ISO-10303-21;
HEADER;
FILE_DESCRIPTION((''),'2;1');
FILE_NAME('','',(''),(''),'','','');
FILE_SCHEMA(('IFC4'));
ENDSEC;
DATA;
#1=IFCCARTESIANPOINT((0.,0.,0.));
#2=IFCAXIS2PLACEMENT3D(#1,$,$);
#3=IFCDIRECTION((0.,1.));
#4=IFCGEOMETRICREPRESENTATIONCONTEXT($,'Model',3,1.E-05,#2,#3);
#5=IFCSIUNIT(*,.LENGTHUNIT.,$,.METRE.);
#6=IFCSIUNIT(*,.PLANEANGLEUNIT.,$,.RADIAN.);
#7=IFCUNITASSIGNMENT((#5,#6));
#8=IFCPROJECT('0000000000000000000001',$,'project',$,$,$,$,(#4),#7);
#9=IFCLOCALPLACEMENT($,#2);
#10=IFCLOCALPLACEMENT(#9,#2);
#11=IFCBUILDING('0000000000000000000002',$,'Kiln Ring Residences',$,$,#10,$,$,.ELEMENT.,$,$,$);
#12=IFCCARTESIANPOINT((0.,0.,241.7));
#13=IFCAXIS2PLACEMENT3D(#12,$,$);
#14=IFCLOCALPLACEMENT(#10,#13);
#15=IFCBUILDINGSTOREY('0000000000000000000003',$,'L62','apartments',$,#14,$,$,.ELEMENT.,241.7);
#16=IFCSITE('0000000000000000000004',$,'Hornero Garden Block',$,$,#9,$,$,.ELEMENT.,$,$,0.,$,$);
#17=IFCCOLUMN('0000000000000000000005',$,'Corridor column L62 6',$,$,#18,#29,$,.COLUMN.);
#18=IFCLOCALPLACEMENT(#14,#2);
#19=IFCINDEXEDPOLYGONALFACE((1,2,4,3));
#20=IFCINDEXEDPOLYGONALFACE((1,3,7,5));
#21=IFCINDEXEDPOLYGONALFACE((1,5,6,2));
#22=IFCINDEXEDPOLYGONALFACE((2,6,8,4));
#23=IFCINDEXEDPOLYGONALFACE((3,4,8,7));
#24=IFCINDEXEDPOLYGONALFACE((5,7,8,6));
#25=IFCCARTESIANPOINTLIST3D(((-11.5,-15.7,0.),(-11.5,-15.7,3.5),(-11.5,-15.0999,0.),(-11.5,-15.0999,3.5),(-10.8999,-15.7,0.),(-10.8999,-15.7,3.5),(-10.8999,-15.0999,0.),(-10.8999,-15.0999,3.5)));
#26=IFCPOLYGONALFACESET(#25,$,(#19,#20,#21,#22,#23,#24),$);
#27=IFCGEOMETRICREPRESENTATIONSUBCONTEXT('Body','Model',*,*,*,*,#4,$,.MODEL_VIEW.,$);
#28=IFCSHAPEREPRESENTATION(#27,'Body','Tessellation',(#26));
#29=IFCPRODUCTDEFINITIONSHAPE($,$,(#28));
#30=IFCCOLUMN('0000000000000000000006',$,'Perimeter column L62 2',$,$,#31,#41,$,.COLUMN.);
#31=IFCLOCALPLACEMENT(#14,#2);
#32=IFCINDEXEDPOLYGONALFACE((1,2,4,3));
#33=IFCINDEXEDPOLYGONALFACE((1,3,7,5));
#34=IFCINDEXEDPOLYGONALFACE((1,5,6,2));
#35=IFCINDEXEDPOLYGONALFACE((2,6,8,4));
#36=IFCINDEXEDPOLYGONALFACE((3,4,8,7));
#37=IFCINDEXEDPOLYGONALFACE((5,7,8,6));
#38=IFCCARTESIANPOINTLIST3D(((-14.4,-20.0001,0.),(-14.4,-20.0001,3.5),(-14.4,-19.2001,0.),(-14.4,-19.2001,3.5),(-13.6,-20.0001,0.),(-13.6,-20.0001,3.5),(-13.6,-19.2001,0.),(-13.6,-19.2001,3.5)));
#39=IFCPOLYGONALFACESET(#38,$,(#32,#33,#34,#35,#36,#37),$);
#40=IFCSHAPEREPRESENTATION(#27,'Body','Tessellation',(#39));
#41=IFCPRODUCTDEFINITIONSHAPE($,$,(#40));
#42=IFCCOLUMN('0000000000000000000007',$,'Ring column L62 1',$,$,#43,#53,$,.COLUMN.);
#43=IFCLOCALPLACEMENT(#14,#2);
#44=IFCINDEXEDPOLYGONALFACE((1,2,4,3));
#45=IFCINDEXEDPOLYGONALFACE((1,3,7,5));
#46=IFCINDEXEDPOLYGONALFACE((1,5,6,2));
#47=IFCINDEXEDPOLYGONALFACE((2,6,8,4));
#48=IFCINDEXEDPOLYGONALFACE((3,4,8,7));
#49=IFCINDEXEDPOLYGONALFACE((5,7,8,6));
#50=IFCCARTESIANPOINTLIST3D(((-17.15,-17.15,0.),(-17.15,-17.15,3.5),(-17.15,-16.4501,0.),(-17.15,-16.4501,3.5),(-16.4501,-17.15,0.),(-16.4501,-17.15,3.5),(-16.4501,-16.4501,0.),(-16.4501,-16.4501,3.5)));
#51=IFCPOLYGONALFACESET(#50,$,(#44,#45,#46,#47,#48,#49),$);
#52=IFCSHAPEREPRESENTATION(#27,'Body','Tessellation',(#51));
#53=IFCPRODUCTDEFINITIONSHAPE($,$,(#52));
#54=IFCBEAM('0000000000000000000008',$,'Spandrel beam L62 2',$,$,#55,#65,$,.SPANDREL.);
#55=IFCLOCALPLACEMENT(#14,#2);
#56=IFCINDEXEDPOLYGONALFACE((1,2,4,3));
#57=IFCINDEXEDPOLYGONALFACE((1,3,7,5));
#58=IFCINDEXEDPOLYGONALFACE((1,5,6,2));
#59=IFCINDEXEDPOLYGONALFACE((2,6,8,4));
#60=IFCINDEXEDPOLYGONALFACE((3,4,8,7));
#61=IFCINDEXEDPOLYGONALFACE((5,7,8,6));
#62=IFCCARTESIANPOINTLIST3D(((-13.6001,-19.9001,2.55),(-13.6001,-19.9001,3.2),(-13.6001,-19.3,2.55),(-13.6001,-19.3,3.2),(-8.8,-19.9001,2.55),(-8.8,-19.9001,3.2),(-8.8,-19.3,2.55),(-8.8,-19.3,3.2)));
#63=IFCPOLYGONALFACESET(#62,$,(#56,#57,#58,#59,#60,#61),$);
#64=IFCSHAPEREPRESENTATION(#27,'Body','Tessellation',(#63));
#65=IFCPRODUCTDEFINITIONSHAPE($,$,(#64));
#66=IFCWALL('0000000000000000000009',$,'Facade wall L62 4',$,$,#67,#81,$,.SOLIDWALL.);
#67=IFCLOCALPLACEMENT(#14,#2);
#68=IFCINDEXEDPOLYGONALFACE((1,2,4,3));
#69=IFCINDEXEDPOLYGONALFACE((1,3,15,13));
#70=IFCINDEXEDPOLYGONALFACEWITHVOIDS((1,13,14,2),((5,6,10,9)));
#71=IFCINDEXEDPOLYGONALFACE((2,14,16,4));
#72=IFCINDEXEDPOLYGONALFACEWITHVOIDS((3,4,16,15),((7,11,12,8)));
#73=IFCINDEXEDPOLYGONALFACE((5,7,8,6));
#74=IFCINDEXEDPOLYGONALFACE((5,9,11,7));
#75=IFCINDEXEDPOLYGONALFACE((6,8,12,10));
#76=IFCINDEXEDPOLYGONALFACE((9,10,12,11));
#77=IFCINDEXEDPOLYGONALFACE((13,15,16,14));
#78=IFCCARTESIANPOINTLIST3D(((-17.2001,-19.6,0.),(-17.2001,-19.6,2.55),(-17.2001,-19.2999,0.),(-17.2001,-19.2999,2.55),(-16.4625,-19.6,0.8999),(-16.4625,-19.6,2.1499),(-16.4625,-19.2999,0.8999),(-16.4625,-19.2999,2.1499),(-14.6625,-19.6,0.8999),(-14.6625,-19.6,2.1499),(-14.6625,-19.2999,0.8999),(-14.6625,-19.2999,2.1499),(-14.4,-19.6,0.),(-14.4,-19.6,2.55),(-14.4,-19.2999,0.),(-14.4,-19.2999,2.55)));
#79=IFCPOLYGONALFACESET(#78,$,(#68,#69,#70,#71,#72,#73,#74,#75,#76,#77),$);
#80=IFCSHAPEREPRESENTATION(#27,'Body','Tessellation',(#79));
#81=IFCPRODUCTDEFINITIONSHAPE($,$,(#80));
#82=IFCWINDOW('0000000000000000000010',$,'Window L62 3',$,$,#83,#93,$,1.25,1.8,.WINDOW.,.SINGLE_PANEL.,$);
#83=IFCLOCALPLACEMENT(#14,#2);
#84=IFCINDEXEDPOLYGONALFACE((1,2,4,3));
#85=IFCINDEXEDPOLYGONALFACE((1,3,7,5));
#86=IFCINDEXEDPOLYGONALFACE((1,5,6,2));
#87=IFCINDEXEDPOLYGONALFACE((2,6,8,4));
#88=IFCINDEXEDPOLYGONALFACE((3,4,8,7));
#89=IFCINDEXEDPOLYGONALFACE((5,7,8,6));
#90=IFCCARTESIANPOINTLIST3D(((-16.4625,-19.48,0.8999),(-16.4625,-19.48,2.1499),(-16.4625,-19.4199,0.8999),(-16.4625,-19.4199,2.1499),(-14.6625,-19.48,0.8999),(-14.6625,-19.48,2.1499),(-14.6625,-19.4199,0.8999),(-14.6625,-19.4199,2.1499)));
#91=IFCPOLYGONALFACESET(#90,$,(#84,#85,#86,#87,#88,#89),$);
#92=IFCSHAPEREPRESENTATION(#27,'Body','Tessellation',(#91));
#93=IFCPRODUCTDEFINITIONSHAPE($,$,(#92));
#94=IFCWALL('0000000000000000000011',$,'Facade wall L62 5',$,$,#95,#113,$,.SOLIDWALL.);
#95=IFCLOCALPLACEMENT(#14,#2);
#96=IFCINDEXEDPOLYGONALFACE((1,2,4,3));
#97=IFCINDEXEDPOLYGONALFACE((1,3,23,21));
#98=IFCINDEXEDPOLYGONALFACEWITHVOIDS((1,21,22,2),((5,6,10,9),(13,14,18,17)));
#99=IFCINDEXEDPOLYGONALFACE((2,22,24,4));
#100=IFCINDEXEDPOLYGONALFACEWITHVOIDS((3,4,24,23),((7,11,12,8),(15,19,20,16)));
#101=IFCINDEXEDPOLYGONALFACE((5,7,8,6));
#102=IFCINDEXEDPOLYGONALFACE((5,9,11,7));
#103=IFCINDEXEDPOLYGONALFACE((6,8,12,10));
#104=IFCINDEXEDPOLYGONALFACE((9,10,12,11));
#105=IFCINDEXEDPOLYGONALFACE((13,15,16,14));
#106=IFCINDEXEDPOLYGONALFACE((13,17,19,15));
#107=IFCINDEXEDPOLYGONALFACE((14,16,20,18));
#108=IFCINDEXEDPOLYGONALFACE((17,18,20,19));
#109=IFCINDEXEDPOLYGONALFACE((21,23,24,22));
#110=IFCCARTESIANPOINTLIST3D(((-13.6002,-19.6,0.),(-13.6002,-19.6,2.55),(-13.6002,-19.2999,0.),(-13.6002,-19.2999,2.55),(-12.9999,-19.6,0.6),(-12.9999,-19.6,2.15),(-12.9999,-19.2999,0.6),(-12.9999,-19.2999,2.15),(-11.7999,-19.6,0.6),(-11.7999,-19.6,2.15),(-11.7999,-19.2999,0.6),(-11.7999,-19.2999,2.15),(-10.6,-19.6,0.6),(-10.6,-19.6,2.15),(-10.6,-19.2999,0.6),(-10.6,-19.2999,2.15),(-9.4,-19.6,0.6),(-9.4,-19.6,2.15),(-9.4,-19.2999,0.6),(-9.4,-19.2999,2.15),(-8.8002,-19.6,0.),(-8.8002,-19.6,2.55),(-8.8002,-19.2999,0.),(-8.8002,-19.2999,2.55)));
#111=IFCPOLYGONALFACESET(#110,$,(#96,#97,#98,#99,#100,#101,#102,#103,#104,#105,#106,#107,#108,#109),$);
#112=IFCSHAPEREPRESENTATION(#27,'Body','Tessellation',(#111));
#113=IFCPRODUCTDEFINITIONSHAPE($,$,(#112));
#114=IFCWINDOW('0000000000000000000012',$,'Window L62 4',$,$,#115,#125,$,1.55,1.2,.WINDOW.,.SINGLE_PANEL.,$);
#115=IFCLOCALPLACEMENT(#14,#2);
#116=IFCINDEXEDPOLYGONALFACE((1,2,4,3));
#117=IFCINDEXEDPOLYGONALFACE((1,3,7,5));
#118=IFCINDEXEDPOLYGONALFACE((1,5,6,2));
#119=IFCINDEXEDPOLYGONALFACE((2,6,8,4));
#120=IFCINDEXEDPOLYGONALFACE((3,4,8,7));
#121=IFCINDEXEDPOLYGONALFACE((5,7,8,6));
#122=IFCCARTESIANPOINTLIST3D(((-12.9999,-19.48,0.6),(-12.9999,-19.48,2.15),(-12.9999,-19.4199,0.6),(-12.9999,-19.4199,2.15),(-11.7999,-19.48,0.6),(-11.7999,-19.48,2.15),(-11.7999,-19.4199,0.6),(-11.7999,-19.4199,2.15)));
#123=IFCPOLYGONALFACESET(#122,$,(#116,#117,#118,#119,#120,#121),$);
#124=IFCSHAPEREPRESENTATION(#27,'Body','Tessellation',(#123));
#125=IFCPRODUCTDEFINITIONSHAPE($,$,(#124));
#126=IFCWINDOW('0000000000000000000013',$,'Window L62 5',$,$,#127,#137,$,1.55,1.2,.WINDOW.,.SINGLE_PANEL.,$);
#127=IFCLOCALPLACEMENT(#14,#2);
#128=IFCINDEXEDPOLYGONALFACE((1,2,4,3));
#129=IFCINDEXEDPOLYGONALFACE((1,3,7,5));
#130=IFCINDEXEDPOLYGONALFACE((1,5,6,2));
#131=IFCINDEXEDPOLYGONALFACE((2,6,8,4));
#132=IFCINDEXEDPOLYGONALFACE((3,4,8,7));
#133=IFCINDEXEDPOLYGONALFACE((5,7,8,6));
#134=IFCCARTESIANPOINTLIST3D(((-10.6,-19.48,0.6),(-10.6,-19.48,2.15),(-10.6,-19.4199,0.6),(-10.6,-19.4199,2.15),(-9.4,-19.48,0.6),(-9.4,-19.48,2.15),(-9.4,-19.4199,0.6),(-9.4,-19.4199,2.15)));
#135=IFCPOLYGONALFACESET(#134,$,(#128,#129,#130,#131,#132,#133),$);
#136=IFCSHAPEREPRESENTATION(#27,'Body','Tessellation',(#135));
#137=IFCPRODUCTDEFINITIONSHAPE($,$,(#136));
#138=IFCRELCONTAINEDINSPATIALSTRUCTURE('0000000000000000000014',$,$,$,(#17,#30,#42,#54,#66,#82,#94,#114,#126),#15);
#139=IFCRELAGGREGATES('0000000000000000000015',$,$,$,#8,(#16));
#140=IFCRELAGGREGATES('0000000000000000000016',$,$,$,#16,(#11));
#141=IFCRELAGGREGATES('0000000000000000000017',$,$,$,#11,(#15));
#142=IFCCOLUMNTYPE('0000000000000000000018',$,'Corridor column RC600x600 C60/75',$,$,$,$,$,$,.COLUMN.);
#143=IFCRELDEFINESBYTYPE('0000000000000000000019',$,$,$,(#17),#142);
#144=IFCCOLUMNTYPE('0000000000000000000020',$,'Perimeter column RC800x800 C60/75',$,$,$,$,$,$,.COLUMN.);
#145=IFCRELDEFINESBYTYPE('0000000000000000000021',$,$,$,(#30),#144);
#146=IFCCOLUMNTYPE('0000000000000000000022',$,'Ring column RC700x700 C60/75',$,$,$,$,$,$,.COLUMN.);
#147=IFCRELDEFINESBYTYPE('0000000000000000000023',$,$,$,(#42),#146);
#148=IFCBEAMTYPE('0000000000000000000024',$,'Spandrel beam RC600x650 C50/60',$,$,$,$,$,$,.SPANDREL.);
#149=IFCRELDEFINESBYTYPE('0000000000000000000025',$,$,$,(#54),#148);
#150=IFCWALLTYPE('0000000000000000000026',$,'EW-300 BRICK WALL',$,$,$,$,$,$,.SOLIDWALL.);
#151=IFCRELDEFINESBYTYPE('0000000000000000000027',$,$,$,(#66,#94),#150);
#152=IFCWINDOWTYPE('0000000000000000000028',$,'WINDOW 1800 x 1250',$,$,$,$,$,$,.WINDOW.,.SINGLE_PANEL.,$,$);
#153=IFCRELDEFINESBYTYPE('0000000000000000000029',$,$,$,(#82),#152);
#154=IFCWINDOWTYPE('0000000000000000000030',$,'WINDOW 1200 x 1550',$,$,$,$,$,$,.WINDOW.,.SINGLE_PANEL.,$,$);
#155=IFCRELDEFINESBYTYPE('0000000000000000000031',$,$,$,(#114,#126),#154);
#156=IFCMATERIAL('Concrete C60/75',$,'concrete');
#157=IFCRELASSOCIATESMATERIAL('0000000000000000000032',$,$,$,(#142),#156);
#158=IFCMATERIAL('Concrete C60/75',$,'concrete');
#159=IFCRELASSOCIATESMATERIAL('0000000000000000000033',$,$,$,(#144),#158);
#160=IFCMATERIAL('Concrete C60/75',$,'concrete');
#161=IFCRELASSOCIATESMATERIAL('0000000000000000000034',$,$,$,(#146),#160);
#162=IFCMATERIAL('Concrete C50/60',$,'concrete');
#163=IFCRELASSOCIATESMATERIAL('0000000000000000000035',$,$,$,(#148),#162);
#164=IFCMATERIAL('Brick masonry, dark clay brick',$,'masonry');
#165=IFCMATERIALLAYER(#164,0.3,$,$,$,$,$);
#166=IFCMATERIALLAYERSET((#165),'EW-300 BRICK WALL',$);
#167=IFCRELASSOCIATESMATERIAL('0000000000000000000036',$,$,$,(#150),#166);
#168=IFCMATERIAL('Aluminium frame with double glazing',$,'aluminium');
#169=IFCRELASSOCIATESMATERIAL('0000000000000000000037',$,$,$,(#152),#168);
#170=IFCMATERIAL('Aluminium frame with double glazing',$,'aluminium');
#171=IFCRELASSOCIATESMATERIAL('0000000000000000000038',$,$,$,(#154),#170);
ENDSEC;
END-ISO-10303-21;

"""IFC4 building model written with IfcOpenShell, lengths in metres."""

from ifc_helpers import new_model, si_unit, direction, frame, frame_2d, origin, origin_2d, place, context, subcontext, project, spatial, rectangle, extrude, material, layer, layer_set, material_profile, profile_set, type_object, element, fill, save


model = new_model("IFC4")

# Units and contexts
model_context = context("Model", 3, precision=1e-05, world=origin(), true_north=direction((0.0, 1.0)))
body_context = subcontext(model_context, "Body", "Model", "MODEL_VIEW")
ifc_project = project(units=[si_unit("LENGTHUNIT", "METRE"), si_unit("PLANEANGLEUNIT", "RADIAN")], contexts=[model_context])

# Site, building, storey
site_placement = place(None, origin())
site = spatial("IfcSite", under=ifc_project, at=site_placement, Name="Hornero Garden Block", CompositionType="ELEMENT", RefElevation=0.0)
building_placement = place(site_placement, origin())
building = spatial("IfcBuilding", under=site, at=building_placement, Name="Kiln Ring Residences", CompositionType="ELEMENT")
storey_placement = place(building_placement, frame((0.0, 0.0, 241.7)))
storey = spatial("IfcBuildingStorey", under=building, at=storey_placement, Name="L62", Description="apartments", CompositionType="ELEMENT", Elevation=241.7)

# Columns
ifc_material_1 = material(Name="Concrete C60/75", Category="concrete")
ifc_material_profile_1 = material_profile(ifc_material_1, rectangle(XDim=0.6001, YDim=0.6001, at=origin_2d()), Name="RC600x600")
ifc_profile_set_1 = profile_set([ifc_material_profile_1], Name="Concrete C60/75")
column_type_1 = type_object("IfcColumnType", Name="Corridor column RC600x600 C60/75", PredefinedType="COLUMN", material=ifc_profile_set_1)
column_1_placement = place(storey_placement, frame((-11.2, -15.3999, 0.0), z_axis=(0.0, 0.0, 1.0), x_axis=(1.0, 0.0, 0.0)))
element("IfcColumn", 1, at=column_1_placement, inside=storey, type_object=column_type_1, Name="Corridor column L62 6", PredefinedType="COLUMN", context=body_context, shape_type="SweptSolid", body=[
    extrude(rectangle(XDim=0.6001, YDim=0.6001, at=origin_2d()), origin(), (0.0, 0.0, 1.0), 3.5),
])
ifc_material_2 = material(Name="Concrete C60/75", Category="concrete")
ifc_material_profile_2 = material_profile(ifc_material_2, rectangle(XDim=0.8, YDim=0.8, at=origin_2d()), Name="RC800x800")
ifc_profile_set_2 = profile_set([ifc_material_profile_2], Name="Concrete C60/75")
column_type_2 = type_object("IfcColumnType", Name="Perimeter column RC800x800 C60/75", PredefinedType="COLUMN", material=ifc_profile_set_2)
column_2_placement = place(storey_placement, frame((-14.0, -19.6001, 0.0), z_axis=(0.0, 0.0, 1.0), x_axis=(1.0, 0.0, 0.0)))
element("IfcColumn", 2, at=column_2_placement, inside=storey, type_object=column_type_2, Name="Perimeter column L62 2", PredefinedType="COLUMN", context=body_context, shape_type="SweptSolid", body=[
    extrude(rectangle(XDim=0.8, YDim=0.8, at=origin_2d()), origin(), (0.0, 0.0, 1.0), 3.5),
])
ifc_material_3 = material(Name="Concrete C60/75", Category="concrete")
ifc_material_profile_3 = material_profile(ifc_material_3, rectangle(XDim=0.7, YDim=0.7, at=origin_2d()), Name="RC700x700")
ifc_profile_set_3 = profile_set([ifc_material_profile_3], Name="Concrete C60/75")
column_type_3 = type_object("IfcColumnType", Name="Ring column RC700x700 C60/75", PredefinedType="COLUMN", material=ifc_profile_set_3)
column_3_placement = place(storey_placement, frame((-16.8, -16.8, 0.0), z_axis=(0.0, 0.0, 1.0), x_axis=(1.0, 0.0, 0.0)))
element("IfcColumn", 3, at=column_3_placement, inside=storey, type_object=column_type_3, Name="Ring column L62 1", PredefinedType="COLUMN", context=body_context, shape_type="SweptSolid", body=[
    extrude(rectangle(XDim=0.7, YDim=0.7, at=origin_2d()), origin(), (0.0, 0.0, 1.0), 3.5),
])

# Beam
ifc_material_4 = material(Name="Concrete C50/60", Category="concrete")
ifc_material_profile_4 = material_profile(ifc_material_4, rectangle(XDim=0.6001, YDim=0.6499, at=origin_2d()), Name="RC600x650")
ifc_profile_set_4 = profile_set([ifc_material_profile_4], Name="Concrete C50/60")
beam_type = type_object("IfcBeamType", Name="Spandrel beam RC600x650 C50/60", PredefinedType="SPANDREL", material=ifc_profile_set_4)
beam_placement = place(storey_placement, frame((-13.6001, -19.6001, 2.875), z_axis=(1.0, 0.0, 0.0), x_axis=(0.0, 1.0, 0.0)))
element("IfcBeam", 4, at=beam_placement, inside=storey, type_object=beam_type, Name="Spandrel beam L62 2", PredefinedType="SPANDREL", context=body_context, shape_type="SweptSolid", body=[
    extrude(rectangle(XDim=0.6001, YDim=0.6499, at=origin_2d()), origin(), (0.0, 0.0, 1.0), 4.8),
])

# Wall, opening, window
ifc_material_5 = material(Name="Brick masonry, dark clay brick", Category="masonry")
ifc_layer_1 = layer(ifc_material_5, 0.3)
ifc_layer_set_1 = layer_set([ifc_layer_1], Name="EW-300 BRICK WALL")
wall_type_1 = type_object("IfcWallType", Name="EW-300 BRICK WALL", PredefinedType="SOLIDWALL", material=ifc_layer_set_1)
wall_1_placement = place(storey_placement, frame((-17.2, -19.45, 0.0), z_axis=(0.0, 0.0, 1.0), x_axis=(1.0, 0.0, 0.0)))
wall_1 = element("IfcWall", 5, at=wall_1_placement, inside=storey, type_object=wall_type_1, Name="Facade wall L62 4", PredefinedType="SOLIDWALL", context=body_context, shape_type="SweptSolid", body=[
    extrude(rectangle(XDim=2.8, YDim=0.3, at=frame_2d((1.3999, 0.0))), origin(), (0.0, 0.0, 1.0), 2.55),
])
opening_1_placement = place(wall_1_placement, frame((0.7375, 0.0, 0.8999)))
opening_1 = element("IfcOpeningElement", 6, at=opening_1_placement, cuts=wall_1, PredefinedType="OPENING", context=body_context, shape_type="SweptSolid", body=[
    extrude(rectangle(XDim=1.8, YDim=1.25, at=frame_2d((0.8999, 0.625))), frame((0.0, 0.1599, 0.0), z_axis=(0.0, -1.0, 0.0), x_axis=(1.0, 0.0, 0.0)), (0.0, 0.0, 1.0), 0.3201),
])
ifc_material_6 = material(Name="Aluminium frame with double glazing", Category="aluminium")
window_type_1 = type_object("IfcWindowType", Name="WINDOW 1800 x 1250", PartitioningType="SINGLE_PANEL", PredefinedType="WINDOW", material=ifc_material_6)
window_1_placement = place(opening_1_placement, origin())
window_1 = element("IfcWindow", 7, at=window_1_placement, inside=storey, type_object=window_type_1, Name="Window L62 3", OverallHeight=1.25, OverallWidth=1.8, PartitioningType="SINGLE_PANEL", PredefinedType="WINDOW", context=body_context, shape_type="SweptSolid", body=[
    extrude(rectangle(XDim=1.8, YDim=1.25, at=frame_2d((0.8999, 0.625))), frame((0.0, 0.03, 0.0), z_axis=(0.0, -1.0, 0.0), x_axis=(1.0, 0.0, 0.0)), (0.0, 0.0, 1.0), 0.0601),
])
fill(opening_1, window_1)

# Wall, openings, windows
wall_2_placement = place(storey_placement, frame((-13.6001, -19.45, 0.0), z_axis=(0.0, 0.0, 1.0), x_axis=(1.0, 0.0, 0.0)))
wall_2 = element("IfcWall", 8, at=wall_2_placement, inside=storey, type_object=wall_type_1, Name="Facade wall L62 5", PredefinedType="SOLIDWALL", context=body_context, shape_type="SweptSolid", body=[
    extrude(rectangle(XDim=4.8, YDim=0.3, at=frame_2d((2.3999, 0.0))), origin(), (0.0, 0.0, 1.0), 2.55),
])
opening_2_placement = place(wall_2_placement, frame((0.6001, 0.0, 0.6001)))
opening_2 = element("IfcOpeningElement", 9, at=opening_2_placement, cuts=wall_2, PredefinedType="OPENING", context=body_context, shape_type="SweptSolid", body=[
    extrude(rectangle(XDim=1.2, YDim=1.55, at=frame_2d((0.6001, 0.7749))), frame((0.0, 0.1599, 0.0), z_axis=(0.0, -1.0, 0.0), x_axis=(1.0, 0.0, 0.0)), (0.0, 0.0, 1.0), 0.3201),
])
opening_3_placement = place(wall_2_placement, frame((3.0, 0.0, 0.6001)))
opening_3 = element("IfcOpeningElement", 10, at=opening_3_placement, cuts=wall_2, PredefinedType="OPENING", context=body_context, shape_type="SweptSolid", body=[
    extrude(rectangle(XDim=1.2, YDim=1.55, at=frame_2d((0.6001, 0.7749))), frame((0.0, 0.1599, 0.0), z_axis=(0.0, -1.0, 0.0), x_axis=(1.0, 0.0, 0.0)), (0.0, 0.0, 1.0), 0.3201),
])
ifc_material_7 = material(Name="Aluminium frame with double glazing", Category="aluminium")
window_type_2 = type_object("IfcWindowType", Name="WINDOW 1200 x 1550", PartitioningType="SINGLE_PANEL", PredefinedType="WINDOW", material=ifc_material_7)
window_2_placement = place(opening_2_placement, origin())
window_2 = element("IfcWindow", 11, at=window_2_placement, inside=storey, type_object=window_type_2, Name="Window L62 4", OverallHeight=1.55, OverallWidth=1.2, PartitioningType="SINGLE_PANEL", PredefinedType="WINDOW", context=body_context, shape_type="SweptSolid", body=[
    extrude(rectangle(XDim=1.2, YDim=1.55, at=frame_2d((0.6001, 0.7749))), frame((0.0, 0.03, 0.0), z_axis=(0.0, -1.0, 0.0), x_axis=(1.0, 0.0, 0.0)), (0.0, 0.0, 1.0), 0.0601),
])
fill(opening_2, window_2)
window_3_placement = place(opening_3_placement, origin())
window_3 = element("IfcWindow", 12, at=window_3_placement, inside=storey, type_object=window_type_2, Name="Window L62 5", OverallHeight=1.55, OverallWidth=1.2, PartitioningType="SINGLE_PANEL", PredefinedType="WINDOW", context=body_context, shape_type="SweptSolid", body=[
    extrude(rectangle(XDim=1.2, YDim=1.55, at=frame_2d((0.6001, 0.7749))), frame((0.0, 0.03, 0.0), z_axis=(0.0, -1.0, 0.0), x_axis=(1.0, 0.0, 0.0)), (0.0, 0.0, 1.0), 0.0601),
])
fill(opening_3, window_3)

save(model, "model.ifc")
